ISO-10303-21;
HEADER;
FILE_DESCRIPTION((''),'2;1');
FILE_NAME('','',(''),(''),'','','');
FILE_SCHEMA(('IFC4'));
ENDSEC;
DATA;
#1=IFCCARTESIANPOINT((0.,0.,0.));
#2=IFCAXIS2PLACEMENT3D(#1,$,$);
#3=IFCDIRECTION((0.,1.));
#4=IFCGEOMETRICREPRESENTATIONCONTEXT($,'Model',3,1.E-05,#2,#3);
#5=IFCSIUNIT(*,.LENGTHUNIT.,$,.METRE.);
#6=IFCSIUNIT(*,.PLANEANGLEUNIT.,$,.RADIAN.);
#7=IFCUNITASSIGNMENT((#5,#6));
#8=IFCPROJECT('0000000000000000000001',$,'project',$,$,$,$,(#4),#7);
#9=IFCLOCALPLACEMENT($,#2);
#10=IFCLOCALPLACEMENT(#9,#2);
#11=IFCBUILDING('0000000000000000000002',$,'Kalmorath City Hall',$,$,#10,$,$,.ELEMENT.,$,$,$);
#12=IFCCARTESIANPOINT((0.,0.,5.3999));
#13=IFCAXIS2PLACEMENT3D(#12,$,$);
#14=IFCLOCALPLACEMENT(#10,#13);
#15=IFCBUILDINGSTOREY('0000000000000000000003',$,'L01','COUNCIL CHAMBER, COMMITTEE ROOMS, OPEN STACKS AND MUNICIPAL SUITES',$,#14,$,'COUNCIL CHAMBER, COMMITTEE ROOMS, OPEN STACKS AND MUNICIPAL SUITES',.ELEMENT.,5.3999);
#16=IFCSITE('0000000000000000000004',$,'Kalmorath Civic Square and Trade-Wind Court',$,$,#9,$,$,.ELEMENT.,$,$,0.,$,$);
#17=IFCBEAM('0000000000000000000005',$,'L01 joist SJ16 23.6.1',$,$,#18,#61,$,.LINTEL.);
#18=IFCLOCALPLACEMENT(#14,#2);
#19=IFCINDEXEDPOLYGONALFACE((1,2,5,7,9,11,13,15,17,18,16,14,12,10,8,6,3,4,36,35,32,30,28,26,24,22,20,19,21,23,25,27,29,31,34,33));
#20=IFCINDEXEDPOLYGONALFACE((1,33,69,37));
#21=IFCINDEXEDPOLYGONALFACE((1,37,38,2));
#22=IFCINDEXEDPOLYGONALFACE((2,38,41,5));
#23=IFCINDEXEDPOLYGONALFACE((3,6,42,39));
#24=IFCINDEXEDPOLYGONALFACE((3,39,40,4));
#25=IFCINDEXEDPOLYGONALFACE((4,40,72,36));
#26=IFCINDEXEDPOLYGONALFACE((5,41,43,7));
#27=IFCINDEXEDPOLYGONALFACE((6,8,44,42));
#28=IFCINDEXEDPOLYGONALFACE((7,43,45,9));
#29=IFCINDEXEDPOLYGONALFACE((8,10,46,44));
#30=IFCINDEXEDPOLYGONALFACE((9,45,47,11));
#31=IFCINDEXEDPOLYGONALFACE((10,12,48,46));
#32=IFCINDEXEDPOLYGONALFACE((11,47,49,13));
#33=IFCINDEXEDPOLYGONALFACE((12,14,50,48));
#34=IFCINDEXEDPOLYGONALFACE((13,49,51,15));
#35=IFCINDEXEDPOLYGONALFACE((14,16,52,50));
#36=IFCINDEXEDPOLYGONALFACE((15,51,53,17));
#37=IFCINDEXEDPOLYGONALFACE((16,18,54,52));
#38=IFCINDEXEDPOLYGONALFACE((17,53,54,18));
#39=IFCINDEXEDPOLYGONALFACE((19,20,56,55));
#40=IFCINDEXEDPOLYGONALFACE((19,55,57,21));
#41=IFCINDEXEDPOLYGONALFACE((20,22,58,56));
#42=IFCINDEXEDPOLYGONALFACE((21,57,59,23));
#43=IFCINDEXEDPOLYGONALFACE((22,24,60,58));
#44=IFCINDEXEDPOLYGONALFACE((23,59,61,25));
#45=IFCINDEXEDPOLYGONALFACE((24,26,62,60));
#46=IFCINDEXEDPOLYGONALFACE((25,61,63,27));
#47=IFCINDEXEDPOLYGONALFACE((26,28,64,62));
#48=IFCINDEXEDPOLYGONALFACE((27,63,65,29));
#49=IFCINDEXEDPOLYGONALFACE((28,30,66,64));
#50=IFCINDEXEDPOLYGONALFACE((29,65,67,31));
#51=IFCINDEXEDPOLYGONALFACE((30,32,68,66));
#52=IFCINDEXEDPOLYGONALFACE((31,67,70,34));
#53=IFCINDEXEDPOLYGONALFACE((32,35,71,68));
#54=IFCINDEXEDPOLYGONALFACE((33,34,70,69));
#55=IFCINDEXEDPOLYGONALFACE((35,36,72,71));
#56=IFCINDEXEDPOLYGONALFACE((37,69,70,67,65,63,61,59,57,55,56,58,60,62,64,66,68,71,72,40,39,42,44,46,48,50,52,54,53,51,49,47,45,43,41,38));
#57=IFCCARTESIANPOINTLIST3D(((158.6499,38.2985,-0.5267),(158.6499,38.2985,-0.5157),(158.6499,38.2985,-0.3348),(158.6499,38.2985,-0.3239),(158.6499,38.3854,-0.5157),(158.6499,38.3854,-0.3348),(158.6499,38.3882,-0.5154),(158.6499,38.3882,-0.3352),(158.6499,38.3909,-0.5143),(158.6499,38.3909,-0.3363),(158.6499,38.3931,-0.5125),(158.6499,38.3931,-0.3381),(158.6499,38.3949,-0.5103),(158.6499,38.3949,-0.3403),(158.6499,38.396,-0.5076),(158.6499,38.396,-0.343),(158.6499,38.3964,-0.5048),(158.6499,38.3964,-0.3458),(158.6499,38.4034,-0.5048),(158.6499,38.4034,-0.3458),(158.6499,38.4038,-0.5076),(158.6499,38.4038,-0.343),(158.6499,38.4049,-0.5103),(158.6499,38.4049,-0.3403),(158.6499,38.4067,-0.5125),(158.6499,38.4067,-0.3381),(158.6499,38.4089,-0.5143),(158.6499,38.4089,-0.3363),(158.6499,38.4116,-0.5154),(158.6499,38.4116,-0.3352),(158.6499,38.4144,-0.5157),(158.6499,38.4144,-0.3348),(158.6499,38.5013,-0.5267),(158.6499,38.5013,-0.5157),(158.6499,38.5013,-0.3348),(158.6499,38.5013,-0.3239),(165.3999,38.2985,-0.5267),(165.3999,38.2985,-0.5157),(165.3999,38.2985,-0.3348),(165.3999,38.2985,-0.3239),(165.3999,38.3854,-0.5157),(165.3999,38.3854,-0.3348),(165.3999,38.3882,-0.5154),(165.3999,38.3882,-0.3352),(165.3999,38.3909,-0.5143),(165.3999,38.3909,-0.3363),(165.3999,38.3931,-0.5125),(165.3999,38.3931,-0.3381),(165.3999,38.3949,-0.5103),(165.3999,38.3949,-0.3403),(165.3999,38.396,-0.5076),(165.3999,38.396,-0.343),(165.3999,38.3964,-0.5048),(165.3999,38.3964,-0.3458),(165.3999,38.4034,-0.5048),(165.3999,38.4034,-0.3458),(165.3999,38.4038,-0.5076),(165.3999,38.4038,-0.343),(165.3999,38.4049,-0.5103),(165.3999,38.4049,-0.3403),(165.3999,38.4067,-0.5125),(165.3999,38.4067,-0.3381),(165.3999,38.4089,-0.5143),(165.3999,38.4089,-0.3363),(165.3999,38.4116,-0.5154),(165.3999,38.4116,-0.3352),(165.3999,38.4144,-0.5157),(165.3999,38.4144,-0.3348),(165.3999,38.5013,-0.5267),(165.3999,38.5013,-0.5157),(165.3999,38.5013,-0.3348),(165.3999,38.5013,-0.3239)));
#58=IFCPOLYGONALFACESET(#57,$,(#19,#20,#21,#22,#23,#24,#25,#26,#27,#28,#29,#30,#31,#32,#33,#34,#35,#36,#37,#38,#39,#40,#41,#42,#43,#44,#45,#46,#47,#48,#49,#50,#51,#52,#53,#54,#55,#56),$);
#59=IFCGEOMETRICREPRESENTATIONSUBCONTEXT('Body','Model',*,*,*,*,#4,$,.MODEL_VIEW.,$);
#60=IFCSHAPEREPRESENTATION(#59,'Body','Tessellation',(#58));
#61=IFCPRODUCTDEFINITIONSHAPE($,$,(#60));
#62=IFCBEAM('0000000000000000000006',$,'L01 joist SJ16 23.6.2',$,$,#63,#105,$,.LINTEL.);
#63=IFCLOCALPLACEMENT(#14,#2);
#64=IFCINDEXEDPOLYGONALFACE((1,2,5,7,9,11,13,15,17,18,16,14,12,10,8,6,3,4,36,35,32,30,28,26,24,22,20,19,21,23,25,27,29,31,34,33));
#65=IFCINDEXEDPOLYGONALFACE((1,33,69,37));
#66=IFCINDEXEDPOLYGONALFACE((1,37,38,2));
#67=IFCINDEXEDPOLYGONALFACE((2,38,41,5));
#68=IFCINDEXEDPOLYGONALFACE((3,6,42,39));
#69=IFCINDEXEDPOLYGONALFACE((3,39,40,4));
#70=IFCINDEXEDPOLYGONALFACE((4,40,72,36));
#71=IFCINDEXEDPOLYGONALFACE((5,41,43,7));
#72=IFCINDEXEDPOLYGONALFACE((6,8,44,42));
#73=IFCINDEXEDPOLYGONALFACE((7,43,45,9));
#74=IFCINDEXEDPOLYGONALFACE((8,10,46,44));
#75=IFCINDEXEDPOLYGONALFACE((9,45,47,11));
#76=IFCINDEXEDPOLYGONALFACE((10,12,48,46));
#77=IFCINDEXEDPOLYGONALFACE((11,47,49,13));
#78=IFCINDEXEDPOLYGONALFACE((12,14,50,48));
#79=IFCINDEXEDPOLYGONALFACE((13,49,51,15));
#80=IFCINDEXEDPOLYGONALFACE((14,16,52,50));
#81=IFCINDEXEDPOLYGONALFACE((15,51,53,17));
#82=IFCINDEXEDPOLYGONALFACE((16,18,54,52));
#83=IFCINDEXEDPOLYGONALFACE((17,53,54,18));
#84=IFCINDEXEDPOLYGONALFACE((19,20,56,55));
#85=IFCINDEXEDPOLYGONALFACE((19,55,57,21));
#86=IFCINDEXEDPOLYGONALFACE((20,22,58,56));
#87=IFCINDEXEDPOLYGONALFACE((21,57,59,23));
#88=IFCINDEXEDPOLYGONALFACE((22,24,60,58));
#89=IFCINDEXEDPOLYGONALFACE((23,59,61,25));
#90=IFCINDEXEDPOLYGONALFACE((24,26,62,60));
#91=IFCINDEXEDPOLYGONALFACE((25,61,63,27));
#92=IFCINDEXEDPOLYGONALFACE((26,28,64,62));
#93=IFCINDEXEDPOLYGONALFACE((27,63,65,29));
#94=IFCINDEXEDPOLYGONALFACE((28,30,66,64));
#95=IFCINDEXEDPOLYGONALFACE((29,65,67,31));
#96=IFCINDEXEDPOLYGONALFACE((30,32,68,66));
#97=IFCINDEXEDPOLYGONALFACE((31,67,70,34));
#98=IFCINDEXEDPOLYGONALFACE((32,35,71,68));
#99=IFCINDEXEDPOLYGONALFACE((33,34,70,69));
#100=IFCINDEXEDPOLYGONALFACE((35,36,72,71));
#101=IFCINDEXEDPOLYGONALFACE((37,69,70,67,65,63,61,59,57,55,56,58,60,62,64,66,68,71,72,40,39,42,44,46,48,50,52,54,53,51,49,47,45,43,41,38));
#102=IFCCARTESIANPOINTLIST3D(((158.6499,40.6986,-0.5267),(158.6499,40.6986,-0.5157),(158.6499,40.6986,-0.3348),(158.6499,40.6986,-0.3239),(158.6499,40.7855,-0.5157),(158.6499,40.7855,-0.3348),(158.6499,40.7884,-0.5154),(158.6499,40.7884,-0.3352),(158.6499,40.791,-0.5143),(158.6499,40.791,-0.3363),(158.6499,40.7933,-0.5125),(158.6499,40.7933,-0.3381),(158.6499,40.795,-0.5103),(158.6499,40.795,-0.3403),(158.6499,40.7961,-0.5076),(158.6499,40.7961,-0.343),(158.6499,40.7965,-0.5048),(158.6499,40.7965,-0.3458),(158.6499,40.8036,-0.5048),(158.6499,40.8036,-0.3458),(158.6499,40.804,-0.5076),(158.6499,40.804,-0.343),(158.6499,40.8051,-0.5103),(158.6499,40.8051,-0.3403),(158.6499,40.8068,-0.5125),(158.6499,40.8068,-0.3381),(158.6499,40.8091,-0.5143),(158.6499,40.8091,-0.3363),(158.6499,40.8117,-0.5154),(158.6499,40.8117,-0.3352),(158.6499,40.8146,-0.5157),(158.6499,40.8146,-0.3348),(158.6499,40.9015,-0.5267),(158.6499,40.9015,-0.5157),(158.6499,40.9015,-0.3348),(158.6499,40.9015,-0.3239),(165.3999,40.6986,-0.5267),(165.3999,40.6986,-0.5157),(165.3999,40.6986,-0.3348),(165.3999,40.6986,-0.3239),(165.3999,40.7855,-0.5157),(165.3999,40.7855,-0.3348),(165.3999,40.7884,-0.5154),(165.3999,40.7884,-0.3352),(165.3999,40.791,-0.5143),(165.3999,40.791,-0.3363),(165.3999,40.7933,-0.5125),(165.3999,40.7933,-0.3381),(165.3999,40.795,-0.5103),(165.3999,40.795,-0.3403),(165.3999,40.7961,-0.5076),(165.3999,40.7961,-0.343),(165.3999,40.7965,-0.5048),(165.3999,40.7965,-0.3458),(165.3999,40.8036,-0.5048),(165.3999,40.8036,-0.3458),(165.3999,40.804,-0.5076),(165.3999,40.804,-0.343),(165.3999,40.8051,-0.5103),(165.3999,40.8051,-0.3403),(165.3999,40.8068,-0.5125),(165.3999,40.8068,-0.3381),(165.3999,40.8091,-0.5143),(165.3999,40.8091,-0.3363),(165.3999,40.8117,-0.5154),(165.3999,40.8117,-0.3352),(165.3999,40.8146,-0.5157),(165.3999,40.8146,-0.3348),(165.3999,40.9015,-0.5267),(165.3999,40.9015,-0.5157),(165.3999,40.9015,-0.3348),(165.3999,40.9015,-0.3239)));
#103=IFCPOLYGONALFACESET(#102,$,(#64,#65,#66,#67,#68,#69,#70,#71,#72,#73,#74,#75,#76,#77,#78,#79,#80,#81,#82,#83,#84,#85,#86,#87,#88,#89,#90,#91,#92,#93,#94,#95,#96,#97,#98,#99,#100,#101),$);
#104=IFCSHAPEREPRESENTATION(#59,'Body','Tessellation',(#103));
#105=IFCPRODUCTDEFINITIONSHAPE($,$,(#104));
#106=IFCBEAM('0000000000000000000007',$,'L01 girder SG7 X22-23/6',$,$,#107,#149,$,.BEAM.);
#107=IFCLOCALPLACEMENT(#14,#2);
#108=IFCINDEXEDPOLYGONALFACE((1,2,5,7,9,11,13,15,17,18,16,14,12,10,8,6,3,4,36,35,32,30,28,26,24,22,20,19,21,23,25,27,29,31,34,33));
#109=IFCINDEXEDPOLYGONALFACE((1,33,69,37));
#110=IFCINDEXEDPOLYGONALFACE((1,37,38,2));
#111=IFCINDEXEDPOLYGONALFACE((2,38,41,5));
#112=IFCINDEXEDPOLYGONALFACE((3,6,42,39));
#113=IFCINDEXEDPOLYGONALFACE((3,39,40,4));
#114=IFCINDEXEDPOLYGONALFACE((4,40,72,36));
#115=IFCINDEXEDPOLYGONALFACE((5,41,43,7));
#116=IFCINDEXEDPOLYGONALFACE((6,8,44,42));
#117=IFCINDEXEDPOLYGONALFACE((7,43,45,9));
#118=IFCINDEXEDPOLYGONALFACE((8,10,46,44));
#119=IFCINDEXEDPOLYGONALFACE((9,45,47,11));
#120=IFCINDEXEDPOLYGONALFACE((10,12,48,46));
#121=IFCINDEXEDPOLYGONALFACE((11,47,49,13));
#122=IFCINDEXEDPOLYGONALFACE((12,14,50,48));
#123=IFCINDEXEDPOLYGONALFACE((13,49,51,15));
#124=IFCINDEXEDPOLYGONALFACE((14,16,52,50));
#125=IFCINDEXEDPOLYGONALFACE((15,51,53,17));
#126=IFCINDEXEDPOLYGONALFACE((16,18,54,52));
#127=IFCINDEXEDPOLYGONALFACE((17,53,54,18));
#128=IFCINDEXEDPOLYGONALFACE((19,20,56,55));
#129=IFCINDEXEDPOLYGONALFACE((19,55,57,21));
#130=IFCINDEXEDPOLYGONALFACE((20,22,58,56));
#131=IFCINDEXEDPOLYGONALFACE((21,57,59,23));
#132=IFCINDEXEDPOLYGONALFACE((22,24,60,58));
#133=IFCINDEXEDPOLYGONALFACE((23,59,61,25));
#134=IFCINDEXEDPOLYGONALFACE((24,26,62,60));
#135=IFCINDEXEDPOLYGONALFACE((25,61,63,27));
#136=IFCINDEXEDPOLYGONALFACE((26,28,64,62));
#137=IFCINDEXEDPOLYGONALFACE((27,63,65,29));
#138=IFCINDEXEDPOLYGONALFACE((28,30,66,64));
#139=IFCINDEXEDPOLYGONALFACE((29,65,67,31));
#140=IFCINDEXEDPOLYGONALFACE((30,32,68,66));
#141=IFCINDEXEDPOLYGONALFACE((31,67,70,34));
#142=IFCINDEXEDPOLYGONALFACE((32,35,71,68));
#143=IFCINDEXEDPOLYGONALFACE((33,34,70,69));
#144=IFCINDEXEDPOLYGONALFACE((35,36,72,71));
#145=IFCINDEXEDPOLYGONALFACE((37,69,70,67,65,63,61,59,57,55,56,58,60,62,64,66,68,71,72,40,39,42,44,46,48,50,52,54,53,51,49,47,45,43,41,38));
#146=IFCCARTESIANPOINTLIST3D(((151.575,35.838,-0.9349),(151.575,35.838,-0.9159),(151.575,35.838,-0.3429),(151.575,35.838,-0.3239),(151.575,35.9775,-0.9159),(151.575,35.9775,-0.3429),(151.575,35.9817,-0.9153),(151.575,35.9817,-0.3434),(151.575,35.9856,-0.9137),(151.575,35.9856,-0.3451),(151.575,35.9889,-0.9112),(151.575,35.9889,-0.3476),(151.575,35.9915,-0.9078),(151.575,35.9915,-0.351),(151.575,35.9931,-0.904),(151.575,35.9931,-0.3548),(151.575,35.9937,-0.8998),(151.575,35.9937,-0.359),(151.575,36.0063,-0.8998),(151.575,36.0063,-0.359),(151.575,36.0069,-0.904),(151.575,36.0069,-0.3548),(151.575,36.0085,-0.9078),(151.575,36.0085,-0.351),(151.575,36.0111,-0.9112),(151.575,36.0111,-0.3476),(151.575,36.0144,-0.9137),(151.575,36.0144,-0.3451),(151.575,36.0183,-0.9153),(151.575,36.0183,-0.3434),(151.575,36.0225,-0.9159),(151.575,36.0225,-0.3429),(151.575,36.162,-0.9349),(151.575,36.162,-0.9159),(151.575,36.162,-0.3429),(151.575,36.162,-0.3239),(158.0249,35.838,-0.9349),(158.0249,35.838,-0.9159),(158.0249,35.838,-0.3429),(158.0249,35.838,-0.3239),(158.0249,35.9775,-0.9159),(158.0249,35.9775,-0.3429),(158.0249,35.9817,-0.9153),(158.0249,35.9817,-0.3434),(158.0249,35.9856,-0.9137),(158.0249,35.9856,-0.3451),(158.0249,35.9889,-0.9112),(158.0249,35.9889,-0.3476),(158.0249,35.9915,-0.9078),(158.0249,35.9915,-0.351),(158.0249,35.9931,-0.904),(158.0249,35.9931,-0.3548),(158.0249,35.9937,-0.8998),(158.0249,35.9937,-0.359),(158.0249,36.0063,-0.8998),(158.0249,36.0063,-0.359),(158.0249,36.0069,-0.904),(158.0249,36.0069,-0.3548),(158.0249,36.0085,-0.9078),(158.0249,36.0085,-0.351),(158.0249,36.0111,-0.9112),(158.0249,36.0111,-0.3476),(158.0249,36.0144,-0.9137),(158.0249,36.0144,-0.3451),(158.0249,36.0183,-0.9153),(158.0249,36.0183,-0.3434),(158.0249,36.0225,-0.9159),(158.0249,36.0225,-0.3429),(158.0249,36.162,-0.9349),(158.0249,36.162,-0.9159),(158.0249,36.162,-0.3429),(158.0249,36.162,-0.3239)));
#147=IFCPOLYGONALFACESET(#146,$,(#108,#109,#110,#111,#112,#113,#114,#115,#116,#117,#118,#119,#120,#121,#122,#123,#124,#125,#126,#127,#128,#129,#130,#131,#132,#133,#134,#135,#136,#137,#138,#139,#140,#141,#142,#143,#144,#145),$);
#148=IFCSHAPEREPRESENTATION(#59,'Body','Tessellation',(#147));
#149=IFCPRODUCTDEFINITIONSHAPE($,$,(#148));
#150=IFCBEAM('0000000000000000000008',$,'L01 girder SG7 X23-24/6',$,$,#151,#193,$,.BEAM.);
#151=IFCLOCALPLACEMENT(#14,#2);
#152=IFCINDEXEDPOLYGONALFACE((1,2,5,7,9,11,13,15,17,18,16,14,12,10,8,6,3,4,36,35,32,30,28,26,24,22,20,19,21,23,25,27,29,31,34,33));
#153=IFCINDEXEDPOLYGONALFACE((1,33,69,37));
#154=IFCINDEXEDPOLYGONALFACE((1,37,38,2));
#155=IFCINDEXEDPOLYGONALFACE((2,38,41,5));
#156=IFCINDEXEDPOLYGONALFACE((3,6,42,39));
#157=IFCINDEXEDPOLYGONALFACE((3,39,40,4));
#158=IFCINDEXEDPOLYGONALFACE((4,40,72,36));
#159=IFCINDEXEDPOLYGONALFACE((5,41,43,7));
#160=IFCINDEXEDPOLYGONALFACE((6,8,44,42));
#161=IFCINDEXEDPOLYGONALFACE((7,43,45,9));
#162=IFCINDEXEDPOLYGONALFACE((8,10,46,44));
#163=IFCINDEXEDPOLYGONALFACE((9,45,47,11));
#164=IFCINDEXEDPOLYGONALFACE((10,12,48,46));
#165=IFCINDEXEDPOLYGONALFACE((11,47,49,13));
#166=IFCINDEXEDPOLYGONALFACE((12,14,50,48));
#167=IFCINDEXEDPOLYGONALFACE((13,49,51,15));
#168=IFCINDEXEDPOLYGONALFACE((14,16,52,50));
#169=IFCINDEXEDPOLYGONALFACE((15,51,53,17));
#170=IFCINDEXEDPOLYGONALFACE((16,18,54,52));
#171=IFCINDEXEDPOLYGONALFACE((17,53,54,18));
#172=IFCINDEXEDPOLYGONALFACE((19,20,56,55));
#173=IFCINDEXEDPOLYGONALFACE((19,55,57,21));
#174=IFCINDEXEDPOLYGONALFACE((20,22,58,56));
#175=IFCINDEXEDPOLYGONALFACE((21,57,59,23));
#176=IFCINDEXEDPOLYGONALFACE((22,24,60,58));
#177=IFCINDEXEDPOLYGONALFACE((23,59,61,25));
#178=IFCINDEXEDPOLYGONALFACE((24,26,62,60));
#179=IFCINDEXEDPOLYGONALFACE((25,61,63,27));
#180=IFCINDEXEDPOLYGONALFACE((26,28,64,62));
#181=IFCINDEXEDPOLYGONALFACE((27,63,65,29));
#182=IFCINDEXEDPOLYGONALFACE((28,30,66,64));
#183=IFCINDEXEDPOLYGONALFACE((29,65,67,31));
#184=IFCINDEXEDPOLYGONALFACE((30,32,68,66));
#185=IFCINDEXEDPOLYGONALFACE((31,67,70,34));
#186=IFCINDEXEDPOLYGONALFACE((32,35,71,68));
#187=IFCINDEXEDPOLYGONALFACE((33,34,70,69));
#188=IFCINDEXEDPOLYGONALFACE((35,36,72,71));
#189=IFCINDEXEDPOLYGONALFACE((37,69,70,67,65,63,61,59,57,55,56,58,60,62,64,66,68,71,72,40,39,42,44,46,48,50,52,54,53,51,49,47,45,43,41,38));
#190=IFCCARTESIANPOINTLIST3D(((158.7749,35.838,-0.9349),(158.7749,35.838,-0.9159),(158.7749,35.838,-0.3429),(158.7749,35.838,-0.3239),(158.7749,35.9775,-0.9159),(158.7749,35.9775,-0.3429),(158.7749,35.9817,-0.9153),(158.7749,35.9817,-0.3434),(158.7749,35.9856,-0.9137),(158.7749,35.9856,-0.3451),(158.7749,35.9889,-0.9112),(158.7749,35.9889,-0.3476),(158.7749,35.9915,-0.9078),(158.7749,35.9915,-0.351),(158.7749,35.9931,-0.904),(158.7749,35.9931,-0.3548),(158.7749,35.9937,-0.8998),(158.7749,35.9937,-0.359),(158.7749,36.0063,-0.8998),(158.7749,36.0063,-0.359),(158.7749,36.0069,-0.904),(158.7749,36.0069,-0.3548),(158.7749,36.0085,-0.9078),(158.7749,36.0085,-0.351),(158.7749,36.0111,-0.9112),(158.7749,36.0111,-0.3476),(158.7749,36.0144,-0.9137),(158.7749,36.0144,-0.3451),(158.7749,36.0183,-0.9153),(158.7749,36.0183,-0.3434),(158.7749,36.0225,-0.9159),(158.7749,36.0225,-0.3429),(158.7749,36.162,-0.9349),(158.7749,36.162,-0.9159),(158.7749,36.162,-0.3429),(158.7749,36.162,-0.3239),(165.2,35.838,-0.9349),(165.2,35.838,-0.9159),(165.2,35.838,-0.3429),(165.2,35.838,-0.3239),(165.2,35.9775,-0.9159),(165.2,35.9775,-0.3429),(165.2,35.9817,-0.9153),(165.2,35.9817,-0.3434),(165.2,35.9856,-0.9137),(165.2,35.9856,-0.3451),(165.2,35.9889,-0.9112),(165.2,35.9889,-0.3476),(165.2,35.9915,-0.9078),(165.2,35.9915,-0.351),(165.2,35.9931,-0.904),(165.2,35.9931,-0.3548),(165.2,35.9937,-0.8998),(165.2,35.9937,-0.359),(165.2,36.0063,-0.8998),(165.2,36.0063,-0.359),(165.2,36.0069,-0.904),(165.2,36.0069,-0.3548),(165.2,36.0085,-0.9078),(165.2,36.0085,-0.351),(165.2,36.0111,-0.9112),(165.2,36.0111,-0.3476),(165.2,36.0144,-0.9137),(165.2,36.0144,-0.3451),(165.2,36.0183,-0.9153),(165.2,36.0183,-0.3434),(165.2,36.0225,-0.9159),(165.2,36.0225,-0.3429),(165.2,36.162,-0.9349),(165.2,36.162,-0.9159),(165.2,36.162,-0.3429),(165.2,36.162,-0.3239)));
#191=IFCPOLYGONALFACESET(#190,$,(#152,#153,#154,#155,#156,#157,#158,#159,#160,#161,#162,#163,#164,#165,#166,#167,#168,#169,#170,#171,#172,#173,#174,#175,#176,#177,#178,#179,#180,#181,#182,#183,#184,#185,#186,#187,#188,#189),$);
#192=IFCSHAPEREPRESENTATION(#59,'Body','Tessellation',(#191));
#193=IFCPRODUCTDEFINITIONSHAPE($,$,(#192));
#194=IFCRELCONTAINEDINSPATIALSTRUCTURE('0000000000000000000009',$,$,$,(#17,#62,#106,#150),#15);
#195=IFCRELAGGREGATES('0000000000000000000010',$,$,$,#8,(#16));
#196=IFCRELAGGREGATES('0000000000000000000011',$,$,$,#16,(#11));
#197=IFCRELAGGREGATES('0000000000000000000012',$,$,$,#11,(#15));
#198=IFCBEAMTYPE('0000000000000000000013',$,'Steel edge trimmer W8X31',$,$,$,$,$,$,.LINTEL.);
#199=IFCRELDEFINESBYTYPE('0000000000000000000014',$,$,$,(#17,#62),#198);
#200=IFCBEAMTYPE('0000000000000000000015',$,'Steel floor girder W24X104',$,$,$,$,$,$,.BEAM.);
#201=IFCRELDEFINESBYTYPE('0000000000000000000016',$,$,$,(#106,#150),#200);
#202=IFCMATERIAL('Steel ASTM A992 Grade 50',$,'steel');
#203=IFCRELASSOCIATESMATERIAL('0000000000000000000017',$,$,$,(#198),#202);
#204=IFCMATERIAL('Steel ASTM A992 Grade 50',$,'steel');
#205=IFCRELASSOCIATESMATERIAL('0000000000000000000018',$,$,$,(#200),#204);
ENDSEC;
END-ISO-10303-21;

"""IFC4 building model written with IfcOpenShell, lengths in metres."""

from ifc_helpers import new_model, si_unit, direction, frame, origin, origin_2d, place, context, subcontext, project, spatial, i_section, extrude, material, material_profile, profile_set, type_object, element, save


model = new_model("IFC4")

# Units and contexts
model_context = context("Model", 3, precision=1e-05, world=origin(), true_north=direction((0.0, 1.0)))
body_context = subcontext(model_context, "Body", "Model", "MODEL_VIEW")
ifc_project = project(units=[si_unit("LENGTHUNIT", "METRE"), si_unit("PLANEANGLEUNIT", "RADIAN")], contexts=[model_context])

# Site, building, storey
site_placement = place(None, origin())
site = spatial("IfcSite", under=ifc_project, at=site_placement, Name="Kalmorath Civic Square and Trade-Wind Court", CompositionType="ELEMENT", RefElevation=0.0)
building_placement = place(site_placement, origin())
building = spatial("IfcBuilding", under=site, at=building_placement, Name="Kalmorath City Hall", CompositionType="ELEMENT")
storey_placement = place(building_placement, frame((0.0, 0.0, 5.3999)))
storey = spatial("IfcBuildingStorey", under=building, at=storey_placement, Name="L01", Description="COUNCIL CHAMBER, COMMITTEE ROOMS, OPEN STACKS AND MUNICIPAL SUITES", LongName="COUNCIL CHAMBER, COMMITTEE ROOMS, OPEN STACKS AND MUNICIPAL SUITES", CompositionType="ELEMENT", Elevation=5.3999)

# Beams
ifc_material_1 = material(Name="Steel ASTM A992 Grade 50", Category="steel")
ifc_material_profile_1 = material_profile(ifc_material_1, i_section(OverallWidth=0.2029, OverallDepth=0.2029, WebThickness=0.0071, FlangeThickness=0.011, FilletRadius=0.011, at=origin_2d()), Name="W8X31")
ifc_profile_set_1 = profile_set([ifc_material_profile_1], Name="Steel ASTM A992 Grade 50")
beam_type_1 = type_object("IfcBeamType", Name="Steel edge trimmer W8X31", PredefinedType="LINTEL", material=ifc_profile_set_1)
for number, where, z_axis, x_axis, name in (
    (1, (158.6499, 38.3999, -0.4253), (1.0, 0.0, 0.0), (0.0, 1.0, 0.0), "L01 joist SJ16 23.6.1"),
    (2, (158.6499, 40.8, -0.4253), (1.0, 0.0, 0.0), (0.0, 1.0, 0.0), "L01 joist SJ16 23.6.2"),
):
    element("IfcBeam", number, at=place(storey_placement, frame(where, z_axis=z_axis, x_axis=x_axis)), inside=storey, type_object=beam_type_1, Name=name, PredefinedType="LINTEL", context=body_context, shape_type="SweptSolid", body=[
        extrude(i_section(OverallWidth=0.2029, OverallDepth=0.2029, WebThickness=0.0071, FlangeThickness=0.011, FilletRadius=0.011, at=origin_2d()), origin(), (0.0, 0.0, 1.0), 6.75),
    ])
ifc_material_2 = material(Name="Steel ASTM A992 Grade 50", Category="steel")
ifc_material_profile_2 = material_profile(ifc_material_2, i_section(OverallWidth=0.324, OverallDepth=0.6111, WebThickness=0.0127, FlangeThickness=0.019, FilletRadius=0.0161, at=origin_2d()), Name="W24X104")
ifc_profile_set_2 = profile_set([ifc_material_profile_2], Name="Steel ASTM A992 Grade 50")
beam_type_2 = type_object("IfcBeamType", Name="Steel floor girder W24X104", PredefinedType="BEAM", material=ifc_profile_set_2)
beam_1_placement = place(storey_placement, frame((151.575, 36.0, -0.6294), z_axis=(1.0, 0.0, 0.0), x_axis=(0.0, 1.0, 0.0)))
element("IfcBeam", 3, at=beam_1_placement, inside=storey, type_object=beam_type_2, Name="L01 girder SG7 X22-23/6", PredefinedType="BEAM", context=body_context, shape_type="SweptSolid", body=[
    extrude(i_section(OverallWidth=0.324, OverallDepth=0.6111, WebThickness=0.0127, FlangeThickness=0.019, FilletRadius=0.0161, at=origin_2d()), origin(), (0.0, 0.0, 1.0), 6.45),
])
beam_2_placement = place(storey_placement, frame((158.7749, 36.0, -0.6294), z_axis=(1.0, 0.0, 0.0), x_axis=(0.0, 1.0, 0.0)))
element("IfcBeam", 4, at=beam_2_placement, inside=storey, type_object=beam_type_2, Name="L01 girder SG7 X23-24/6", PredefinedType="BEAM", context=body_context, shape_type="SweptSolid", body=[
    extrude(i_section(OverallWidth=0.324, OverallDepth=0.6111, WebThickness=0.0127, FlangeThickness=0.019, FilletRadius=0.0161, at=origin_2d()), origin(), (0.0, 0.0, 1.0), 6.425),
])

save(model, "model.ifc")
